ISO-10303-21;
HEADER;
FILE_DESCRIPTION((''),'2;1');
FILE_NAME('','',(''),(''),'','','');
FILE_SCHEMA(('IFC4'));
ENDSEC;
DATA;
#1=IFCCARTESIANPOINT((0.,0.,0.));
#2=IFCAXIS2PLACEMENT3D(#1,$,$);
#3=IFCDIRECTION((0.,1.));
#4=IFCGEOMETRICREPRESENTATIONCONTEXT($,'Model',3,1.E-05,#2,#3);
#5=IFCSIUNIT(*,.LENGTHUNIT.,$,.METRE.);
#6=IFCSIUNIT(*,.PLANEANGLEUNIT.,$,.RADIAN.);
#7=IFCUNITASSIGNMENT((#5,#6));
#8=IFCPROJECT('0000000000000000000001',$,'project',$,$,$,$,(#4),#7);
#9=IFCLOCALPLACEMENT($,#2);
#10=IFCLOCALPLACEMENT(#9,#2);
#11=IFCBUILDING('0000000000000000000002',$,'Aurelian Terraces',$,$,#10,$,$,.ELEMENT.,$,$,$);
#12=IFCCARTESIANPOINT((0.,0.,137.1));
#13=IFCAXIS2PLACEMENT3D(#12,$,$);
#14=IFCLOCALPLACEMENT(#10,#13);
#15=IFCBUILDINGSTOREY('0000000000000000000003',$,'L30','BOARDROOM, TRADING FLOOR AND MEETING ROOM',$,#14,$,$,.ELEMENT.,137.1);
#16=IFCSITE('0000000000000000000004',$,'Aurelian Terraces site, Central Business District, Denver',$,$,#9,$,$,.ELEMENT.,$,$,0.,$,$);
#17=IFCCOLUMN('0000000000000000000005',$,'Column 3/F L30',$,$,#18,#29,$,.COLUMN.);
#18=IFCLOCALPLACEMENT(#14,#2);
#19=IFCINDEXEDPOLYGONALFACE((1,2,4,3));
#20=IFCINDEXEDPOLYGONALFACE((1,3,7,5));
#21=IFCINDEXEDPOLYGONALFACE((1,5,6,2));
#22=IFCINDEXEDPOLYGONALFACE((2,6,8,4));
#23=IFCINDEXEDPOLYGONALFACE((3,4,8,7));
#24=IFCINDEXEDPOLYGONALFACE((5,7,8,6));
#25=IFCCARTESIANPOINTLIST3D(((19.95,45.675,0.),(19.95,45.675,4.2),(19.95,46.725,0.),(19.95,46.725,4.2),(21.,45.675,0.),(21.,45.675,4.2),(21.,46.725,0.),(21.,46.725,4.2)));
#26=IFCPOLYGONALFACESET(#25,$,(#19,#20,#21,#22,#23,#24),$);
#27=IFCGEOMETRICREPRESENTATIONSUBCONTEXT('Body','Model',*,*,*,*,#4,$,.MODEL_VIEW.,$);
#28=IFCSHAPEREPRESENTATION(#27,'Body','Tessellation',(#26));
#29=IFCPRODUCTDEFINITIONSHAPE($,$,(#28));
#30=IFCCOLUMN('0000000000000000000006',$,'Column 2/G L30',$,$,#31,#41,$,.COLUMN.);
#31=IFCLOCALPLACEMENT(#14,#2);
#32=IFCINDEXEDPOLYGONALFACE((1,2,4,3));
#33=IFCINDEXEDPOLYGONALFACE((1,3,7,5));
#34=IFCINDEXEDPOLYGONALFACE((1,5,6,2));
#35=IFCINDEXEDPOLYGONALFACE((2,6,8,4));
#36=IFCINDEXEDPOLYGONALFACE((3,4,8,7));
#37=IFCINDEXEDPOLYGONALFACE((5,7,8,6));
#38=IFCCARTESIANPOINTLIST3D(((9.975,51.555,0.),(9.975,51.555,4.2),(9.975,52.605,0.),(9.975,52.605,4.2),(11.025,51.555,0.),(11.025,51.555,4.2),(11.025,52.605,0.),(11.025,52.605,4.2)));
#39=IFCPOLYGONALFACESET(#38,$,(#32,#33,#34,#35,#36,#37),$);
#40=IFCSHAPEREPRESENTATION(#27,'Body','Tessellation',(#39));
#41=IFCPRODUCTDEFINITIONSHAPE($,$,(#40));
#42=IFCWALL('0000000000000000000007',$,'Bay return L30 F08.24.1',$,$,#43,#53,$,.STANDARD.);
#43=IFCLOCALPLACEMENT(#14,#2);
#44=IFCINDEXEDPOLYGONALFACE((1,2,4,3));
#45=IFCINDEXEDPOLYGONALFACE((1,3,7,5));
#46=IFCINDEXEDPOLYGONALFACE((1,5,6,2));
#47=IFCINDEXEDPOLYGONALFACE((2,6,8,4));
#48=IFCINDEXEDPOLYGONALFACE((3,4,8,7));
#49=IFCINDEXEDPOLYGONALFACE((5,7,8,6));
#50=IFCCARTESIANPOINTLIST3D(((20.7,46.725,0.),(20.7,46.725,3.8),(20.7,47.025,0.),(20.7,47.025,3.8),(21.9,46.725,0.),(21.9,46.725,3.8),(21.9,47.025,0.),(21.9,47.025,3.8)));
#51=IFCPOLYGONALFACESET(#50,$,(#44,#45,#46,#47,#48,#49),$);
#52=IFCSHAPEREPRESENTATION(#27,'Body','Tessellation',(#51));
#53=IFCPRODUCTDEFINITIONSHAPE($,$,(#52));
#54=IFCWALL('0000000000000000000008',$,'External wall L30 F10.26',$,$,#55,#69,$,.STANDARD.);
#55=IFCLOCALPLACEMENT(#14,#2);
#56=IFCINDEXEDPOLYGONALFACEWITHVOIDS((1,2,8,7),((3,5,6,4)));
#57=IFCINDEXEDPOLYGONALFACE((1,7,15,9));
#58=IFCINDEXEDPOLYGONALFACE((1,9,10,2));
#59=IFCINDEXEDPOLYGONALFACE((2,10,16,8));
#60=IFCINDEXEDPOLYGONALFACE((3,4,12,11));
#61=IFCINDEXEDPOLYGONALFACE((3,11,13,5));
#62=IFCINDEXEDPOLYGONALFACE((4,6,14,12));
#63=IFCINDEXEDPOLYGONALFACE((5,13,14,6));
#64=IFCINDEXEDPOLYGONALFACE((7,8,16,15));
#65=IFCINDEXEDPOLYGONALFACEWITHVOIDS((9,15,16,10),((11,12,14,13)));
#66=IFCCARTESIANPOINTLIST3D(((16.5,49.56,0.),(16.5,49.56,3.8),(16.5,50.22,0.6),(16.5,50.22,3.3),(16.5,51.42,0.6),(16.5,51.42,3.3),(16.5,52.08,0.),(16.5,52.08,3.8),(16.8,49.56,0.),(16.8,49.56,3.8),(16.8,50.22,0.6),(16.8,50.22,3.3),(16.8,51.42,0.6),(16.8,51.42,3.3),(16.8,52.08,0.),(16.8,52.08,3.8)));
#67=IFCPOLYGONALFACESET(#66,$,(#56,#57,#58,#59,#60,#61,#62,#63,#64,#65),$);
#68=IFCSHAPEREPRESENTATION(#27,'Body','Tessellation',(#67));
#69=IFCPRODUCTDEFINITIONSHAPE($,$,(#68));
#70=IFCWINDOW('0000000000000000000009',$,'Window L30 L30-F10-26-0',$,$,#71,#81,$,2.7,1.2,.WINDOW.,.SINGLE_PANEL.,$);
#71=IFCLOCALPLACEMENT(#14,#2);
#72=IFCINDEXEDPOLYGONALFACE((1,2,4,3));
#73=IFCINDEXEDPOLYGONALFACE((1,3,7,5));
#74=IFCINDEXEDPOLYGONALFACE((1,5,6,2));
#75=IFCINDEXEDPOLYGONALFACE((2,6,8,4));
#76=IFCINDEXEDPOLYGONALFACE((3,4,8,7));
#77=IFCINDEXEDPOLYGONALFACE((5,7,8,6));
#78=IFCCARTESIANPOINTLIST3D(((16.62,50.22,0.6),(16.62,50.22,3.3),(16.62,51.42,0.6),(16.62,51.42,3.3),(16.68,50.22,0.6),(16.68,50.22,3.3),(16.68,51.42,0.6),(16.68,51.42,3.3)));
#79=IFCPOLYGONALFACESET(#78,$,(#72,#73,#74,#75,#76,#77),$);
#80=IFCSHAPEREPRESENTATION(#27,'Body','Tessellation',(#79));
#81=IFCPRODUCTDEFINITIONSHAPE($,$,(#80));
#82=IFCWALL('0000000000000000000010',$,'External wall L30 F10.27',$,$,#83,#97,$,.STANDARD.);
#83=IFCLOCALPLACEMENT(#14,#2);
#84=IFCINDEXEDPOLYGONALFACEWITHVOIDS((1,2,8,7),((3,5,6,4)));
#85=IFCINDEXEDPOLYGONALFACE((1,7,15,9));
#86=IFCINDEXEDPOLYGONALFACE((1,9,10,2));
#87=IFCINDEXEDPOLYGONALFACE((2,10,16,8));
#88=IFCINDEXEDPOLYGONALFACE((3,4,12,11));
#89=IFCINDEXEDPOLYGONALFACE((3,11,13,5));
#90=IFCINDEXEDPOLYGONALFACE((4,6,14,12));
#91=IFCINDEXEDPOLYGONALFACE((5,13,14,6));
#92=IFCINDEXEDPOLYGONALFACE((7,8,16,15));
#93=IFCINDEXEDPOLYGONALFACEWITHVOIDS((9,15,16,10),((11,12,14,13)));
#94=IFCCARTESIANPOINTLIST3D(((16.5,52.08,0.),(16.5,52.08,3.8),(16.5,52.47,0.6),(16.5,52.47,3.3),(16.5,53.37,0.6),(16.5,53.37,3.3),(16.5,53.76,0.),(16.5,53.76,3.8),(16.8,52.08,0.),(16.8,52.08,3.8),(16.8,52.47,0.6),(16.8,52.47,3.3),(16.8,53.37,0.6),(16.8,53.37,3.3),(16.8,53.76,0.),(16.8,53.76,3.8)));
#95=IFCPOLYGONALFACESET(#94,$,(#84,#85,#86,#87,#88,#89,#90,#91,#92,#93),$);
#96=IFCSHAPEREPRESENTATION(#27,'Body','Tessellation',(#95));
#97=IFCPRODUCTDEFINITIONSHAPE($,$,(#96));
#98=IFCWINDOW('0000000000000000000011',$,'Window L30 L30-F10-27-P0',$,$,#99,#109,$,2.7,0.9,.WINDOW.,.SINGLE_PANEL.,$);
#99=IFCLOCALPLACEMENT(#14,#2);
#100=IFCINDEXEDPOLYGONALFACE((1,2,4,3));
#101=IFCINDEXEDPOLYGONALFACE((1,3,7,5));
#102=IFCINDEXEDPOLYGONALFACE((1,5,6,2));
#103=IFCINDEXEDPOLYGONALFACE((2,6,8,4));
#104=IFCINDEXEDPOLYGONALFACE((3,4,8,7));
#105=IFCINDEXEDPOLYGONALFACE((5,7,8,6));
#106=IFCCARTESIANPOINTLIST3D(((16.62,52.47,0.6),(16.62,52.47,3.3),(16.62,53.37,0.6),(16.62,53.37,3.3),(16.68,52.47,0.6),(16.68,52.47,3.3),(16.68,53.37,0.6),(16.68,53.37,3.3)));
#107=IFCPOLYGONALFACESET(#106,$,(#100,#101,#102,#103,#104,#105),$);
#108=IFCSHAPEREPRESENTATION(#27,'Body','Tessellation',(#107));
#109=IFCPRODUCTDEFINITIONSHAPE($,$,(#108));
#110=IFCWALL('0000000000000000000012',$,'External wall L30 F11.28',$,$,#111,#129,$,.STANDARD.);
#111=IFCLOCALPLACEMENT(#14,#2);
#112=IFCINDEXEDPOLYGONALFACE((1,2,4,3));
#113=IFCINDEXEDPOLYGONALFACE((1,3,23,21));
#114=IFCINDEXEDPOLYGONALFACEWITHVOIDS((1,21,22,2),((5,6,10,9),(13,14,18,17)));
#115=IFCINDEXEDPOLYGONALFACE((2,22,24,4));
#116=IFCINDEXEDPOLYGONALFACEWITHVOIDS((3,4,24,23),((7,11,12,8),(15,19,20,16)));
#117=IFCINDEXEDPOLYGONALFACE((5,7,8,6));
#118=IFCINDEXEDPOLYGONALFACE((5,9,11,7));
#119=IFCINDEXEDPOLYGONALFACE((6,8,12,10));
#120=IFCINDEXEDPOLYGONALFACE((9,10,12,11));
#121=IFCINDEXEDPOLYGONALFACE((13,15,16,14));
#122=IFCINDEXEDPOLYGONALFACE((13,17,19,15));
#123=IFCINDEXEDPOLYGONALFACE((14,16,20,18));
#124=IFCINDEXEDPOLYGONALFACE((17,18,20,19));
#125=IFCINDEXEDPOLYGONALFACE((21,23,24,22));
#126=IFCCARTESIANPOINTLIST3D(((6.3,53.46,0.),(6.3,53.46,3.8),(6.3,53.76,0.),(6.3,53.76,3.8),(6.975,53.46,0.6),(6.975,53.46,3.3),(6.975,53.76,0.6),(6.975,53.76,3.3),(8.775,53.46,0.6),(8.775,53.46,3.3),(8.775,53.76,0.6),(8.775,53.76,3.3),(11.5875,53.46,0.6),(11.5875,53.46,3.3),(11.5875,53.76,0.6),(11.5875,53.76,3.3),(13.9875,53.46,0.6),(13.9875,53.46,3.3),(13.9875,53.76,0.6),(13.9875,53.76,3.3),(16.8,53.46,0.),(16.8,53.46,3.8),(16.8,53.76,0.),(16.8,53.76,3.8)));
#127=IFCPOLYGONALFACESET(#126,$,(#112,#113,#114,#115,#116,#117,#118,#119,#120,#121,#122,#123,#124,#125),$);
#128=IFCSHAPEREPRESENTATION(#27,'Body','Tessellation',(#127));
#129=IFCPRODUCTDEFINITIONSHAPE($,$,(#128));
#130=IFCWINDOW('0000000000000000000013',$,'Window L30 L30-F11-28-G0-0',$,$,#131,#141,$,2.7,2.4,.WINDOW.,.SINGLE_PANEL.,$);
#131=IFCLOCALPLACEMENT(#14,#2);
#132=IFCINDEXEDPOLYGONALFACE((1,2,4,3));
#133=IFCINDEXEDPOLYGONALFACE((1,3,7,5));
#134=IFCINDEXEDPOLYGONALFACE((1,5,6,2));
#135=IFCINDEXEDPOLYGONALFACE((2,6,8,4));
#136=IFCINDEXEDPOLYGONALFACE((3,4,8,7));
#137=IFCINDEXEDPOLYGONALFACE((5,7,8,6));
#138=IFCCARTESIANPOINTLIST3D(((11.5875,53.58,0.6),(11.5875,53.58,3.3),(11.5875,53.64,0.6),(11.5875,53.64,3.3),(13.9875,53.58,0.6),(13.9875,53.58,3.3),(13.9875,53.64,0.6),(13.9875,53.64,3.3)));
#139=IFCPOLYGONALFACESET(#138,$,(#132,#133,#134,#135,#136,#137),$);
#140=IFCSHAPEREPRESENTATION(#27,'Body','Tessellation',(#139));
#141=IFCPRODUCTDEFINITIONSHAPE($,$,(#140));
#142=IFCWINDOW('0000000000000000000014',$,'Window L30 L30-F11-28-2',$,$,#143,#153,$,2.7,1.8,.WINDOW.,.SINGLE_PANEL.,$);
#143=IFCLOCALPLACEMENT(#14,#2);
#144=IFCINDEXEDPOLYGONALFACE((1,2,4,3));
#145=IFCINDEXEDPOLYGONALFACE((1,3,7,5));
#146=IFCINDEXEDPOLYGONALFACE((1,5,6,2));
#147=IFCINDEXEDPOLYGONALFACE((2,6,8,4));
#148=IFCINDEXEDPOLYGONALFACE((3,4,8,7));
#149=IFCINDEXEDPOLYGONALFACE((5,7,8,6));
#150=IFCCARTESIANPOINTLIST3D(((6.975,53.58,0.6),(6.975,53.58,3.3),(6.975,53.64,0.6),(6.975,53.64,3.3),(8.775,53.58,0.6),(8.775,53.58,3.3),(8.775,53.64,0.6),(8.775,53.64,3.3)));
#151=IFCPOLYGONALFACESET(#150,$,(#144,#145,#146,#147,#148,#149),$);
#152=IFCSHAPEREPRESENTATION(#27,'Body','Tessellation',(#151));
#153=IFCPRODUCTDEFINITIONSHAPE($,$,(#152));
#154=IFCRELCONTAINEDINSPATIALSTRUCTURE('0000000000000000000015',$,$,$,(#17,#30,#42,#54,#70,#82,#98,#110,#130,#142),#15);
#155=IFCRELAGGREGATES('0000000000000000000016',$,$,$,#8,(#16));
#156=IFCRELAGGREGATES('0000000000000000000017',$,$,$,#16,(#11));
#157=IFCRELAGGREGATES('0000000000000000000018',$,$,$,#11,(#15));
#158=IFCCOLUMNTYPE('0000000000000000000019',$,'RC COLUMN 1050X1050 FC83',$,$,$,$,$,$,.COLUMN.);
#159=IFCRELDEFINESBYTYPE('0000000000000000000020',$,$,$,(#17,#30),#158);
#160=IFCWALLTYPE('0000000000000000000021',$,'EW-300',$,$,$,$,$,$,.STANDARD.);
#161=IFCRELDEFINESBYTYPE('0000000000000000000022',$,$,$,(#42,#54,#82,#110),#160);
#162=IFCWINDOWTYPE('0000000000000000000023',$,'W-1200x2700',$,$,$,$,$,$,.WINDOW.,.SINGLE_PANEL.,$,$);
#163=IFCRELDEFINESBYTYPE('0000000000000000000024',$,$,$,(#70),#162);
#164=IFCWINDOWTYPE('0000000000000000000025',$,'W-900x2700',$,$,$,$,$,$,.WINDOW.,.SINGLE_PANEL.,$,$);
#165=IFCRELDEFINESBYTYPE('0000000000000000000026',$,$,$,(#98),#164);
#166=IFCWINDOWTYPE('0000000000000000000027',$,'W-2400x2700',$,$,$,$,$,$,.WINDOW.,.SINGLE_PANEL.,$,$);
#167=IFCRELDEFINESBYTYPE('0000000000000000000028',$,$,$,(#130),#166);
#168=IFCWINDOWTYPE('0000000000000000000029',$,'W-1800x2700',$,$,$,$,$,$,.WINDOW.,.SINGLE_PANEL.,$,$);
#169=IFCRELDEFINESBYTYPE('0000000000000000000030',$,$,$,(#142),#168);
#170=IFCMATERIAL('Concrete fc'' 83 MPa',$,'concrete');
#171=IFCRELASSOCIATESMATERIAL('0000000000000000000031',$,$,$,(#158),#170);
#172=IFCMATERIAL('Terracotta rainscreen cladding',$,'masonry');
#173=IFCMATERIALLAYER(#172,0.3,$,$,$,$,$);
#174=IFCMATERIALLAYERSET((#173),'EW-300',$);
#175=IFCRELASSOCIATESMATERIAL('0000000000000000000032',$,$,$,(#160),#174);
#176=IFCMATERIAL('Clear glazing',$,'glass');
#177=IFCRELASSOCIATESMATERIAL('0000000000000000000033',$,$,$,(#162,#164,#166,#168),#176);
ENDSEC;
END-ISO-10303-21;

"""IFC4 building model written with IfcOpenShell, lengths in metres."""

from ifc_helpers import new_model, si_unit, direction, frame, frame_2d, origin, origin_2d, place, context, subcontext, project, spatial, rectangle, extrude, source, transform, mapped, material, layer, layer_set, material_profile, profile_set, type_object, element, fill, save


model = new_model("IFC4")

# Units and contexts
model_context = context("Model", 3, precision=1e-05, world=origin(), true_north=direction((0.0, 1.0)))
body_context = subcontext(model_context, "Body", "Model", "MODEL_VIEW")
ifc_project = project(units=[si_unit("LENGTHUNIT", "METRE"), si_unit("PLANEANGLEUNIT", "RADIAN")], contexts=[model_context])

# Site, building, storey
site_placement = place(None, origin())
site = spatial("IfcSite", under=ifc_project, at=site_placement, Name="Aurelian Terraces site, Central Business District, Denver", CompositionType="ELEMENT", RefElevation=0.0)
building_placement = place(site_placement, origin())
building = spatial("IfcBuilding", under=site, at=building_placement, Name="Aurelian Terraces", CompositionType="ELEMENT")
storey_placement = place(building_placement, frame((0.0, 0.0, 137.1)))
storey = spatial("IfcBuildingStorey", under=building, at=storey_placement, Name="L30", Description="BOARDROOM, TRADING FLOOR AND MEETING ROOM", CompositionType="ELEMENT", Elevation=137.1)

# Columns
ifc_material_1 = material(Name="Concrete fc' 83 MPa", Category="concrete")
ifc_material_profile = material_profile(ifc_material_1, rectangle(XDim=1.05, YDim=1.05, at=origin_2d()))
ifc_profile_set = profile_set([ifc_material_profile], Name="Concrete fc' 83 MPa")
column_type = type_object("IfcColumnType", Name="RC COLUMN 1050X1050 FC83", PredefinedType="COLUMN", material=ifc_profile_set)
shared_shape_1 = source(origin(), body_context, "Body", "SweptSolid", [
    extrude(rectangle(XDim=1.05, YDim=1.05, at=origin_2d()), origin(), (0.0, 0.0, 1.0), 4.2),
])
for number, where, z_axis, x_axis, name in (
    (1, (20.475, 46.2, 0.0), (0.0, 0.0, 1.0), (1.0, 0.0, 0.0), "Column 3/F L30"),
    (2, (10.5, 52.08, 0.0), (0.0, 0.0, 1.0), (1.0, 0.0, 0.0), "Column 2/G L30"),
):
    element("IfcColumn", number, at=place(storey_placement, frame(where, z_axis=z_axis, x_axis=x_axis)), inside=storey, type_object=column_type, Name=name, PredefinedType="COLUMN", context=body_context, shape_type="MappedRepresentation", body=[
        mapped(shared_shape_1, transform((0.0, 0.0, 0.0), scale=1.0)),
    ])

# Wall
ifc_material_2 = material(Name="Terracotta rainscreen cladding", Category="masonry")
ifc_layer_1 = layer(ifc_material_2, 0.3)
ifc_layer_set_1 = layer_set([ifc_layer_1], Name="EW-300")
wall_type_1 = type_object("IfcWallType", Name="EW-300", PredefinedType="STANDARD", material=ifc_layer_set_1)
shared_shape_2 = source(origin(), body_context, "Body", "SweptSolid", [
    extrude(rectangle(XDim=1.2, YDim=0.3, at=frame_2d((0.6, 0.0))), origin(), (0.0, 0.0, 1.0), 3.8),
])
wall_1_placement = place(storey_placement, frame((20.7, 46.875, 0.0), z_axis=(0.0, 0.0, 1.0), x_axis=(1.0, 0.0, 0.0)))
element("IfcWall", 3, at=wall_1_placement, inside=storey, type_object=wall_type_1, Name="Bay return L30 F08.24.1", PredefinedType="STANDARD", context=body_context, shape_type="MappedRepresentation", body=[
    mapped(shared_shape_2, transform((0.0, 0.0, 0.0), scale=1.0)),
])

# Walls, openings, windows
shared_shape_3 = source(origin(), body_context, "Body", "SweptSolid", [
    extrude(rectangle(XDim=2.52, YDim=0.3, at=frame_2d((1.26, 0.0))), origin(), (0.0, 0.0, 1.0), 3.8),
])
wall_2_placement = place(storey_placement, frame((16.65, 49.56, 0.0), z_axis=(0.0, 0.0, 1.0), x_axis=(0.0, 1.0, 0.0)))
wall_2 = element("IfcWall", 4, at=wall_2_placement, inside=storey, type_object=wall_type_1, Name="External wall L30 F10.26", PredefinedType="STANDARD", context=body_context, shape_type="MappedRepresentation", body=[
    mapped(shared_shape_3, transform((0.0, 0.0, 0.0), scale=1.0)),
])
shared_shape_4 = source(origin(), body_context, "Body", "SweptSolid", [
    extrude(rectangle(XDim=1.2, YDim=2.7, at=frame_2d((0.6, 1.35))), frame((0.0, 0.16, 0.0), z_axis=(0.0, -1.0, 0.0), x_axis=(1.0, 0.0, 0.0)), (0.0, 0.0, 1.0), 0.32),
])
opening_1_placement = place(wall_2_placement, frame((0.66, 0.0, 0.6)))
opening_1 = element("IfcOpeningElement", 5, at=opening_1_placement, cuts=wall_2, PredefinedType="OPENING", context=body_context, shape_type="MappedRepresentation", body=[
    mapped(shared_shape_4, transform((0.0, 0.0, 0.0), scale=1.0)),
])
ifc_material_3 = material(Name="Clear glazing", Category="glass")
window_type_1 = type_object("IfcWindowType", Name="W-1200x2700", PartitioningType="SINGLE_PANEL", PredefinedType="WINDOW", material=ifc_material_3)
shared_shape_5 = source(origin(), body_context, "Body", "SweptSolid", [
    extrude(rectangle(XDim=1.2, YDim=2.7, at=frame_2d((0.6, 1.35))), frame((0.0, 0.03, 0.0), z_axis=(0.0, -1.0, 0.0), x_axis=(1.0, 0.0, 0.0)), (0.0, 0.0, 1.0), 0.06),
])
window_1_placement = place(opening_1_placement, origin())
window_1 = element("IfcWindow", 6, at=window_1_placement, inside=storey, type_object=window_type_1, Name="Window L30 L30-F10-26-0", OverallHeight=2.7, OverallWidth=1.2, PartitioningType="SINGLE_PANEL", PredefinedType="WINDOW", context=body_context, shape_type="MappedRepresentation", body=[
    mapped(shared_shape_5, transform((0.0, 0.0, 0.0), scale=1.0)),
])
fill(opening_1, window_1)
shared_shape_6 = source(origin(), body_context, "Body", "SweptSolid", [
    extrude(rectangle(XDim=1.68, YDim=0.3, at=frame_2d((0.84, 0.0))), origin(), (0.0, 0.0, 1.0), 3.8),
])
wall_3_placement = place(storey_placement, frame((16.65, 52.08, 0.0), z_axis=(0.0, 0.0, 1.0), x_axis=(0.0, 1.0, 0.0)))
wall_3 = element("IfcWall", 7, at=wall_3_placement, inside=storey, type_object=wall_type_1, Name="External wall L30 F10.27", PredefinedType="STANDARD", context=body_context, shape_type="MappedRepresentation", body=[
    mapped(shared_shape_6, transform((0.0, 0.0, 0.0), scale=1.0)),
])
shared_shape_7 = source(origin(), body_context, "Body", "SweptSolid", [
    extrude(rectangle(XDim=0.9, YDim=2.7, at=frame_2d((0.45, 1.35))), frame((0.0, 0.16, 0.0), z_axis=(0.0, -1.0, 0.0), x_axis=(1.0, 0.0, 0.0)), (0.0, 0.0, 1.0), 0.32),
])
opening_2_placement = place(wall_3_placement, frame((0.39, 0.0, 0.6)))
opening_2 = element("IfcOpeningElement", 8, at=opening_2_placement, cuts=wall_3, PredefinedType="OPENING", context=body_context, shape_type="MappedRepresentation", body=[
    mapped(shared_shape_7, transform((0.0, 0.0, 0.0), scale=1.0)),
])
window_type_2 = type_object("IfcWindowType", Name="W-900x2700", PartitioningType="SINGLE_PANEL", PredefinedType="WINDOW", material=ifc_material_3)
shared_shape_8 = source(origin(), body_context, "Body", "SweptSolid", [
    extrude(rectangle(XDim=0.9, YDim=2.7, at=frame_2d((0.45, 1.35))), frame((0.0, 0.03, 0.0), z_axis=(0.0, -1.0, 0.0), x_axis=(1.0, 0.0, 0.0)), (0.0, 0.0, 1.0), 0.06),
])
window_2_placement = place(opening_2_placement, origin())
window_2 = element("IfcWindow", 9, at=window_2_placement, inside=storey, type_object=window_type_2, Name="Window L30 L30-F10-27-P0", OverallHeight=2.7, OverallWidth=0.9, PartitioningType="SINGLE_PANEL", PredefinedType="WINDOW", context=body_context, shape_type="MappedRepresentation", body=[
    mapped(shared_shape_8, transform((0.0, 0.0, 0.0), scale=1.0)),
])
fill(opening_2, window_2)

# Wall, openings, windows
shared_shape_9 = source(origin(), body_context, "Body", "SweptSolid", [
    extrude(rectangle(XDim=10.5, YDim=0.3, at=frame_2d((5.25, 0.0))), origin(), (0.0, 0.0, 1.0), 3.8),
])
wall_4_placement = place(storey_placement, frame((16.8, 53.61, 0.0), z_axis=(0.0, 0.0, 1.0), x_axis=(-1.0, 0.0, 0.0)))
wall_4 = element("IfcWall", 10, at=wall_4_placement, inside=storey, type_object=wall_type_1, Name="External wall L30 F11.28", PredefinedType="STANDARD", context=body_context, shape_type="MappedRepresentation", body=[
    mapped(shared_shape_9, transform((0.0, 0.0, 0.0), scale=1.0)),
])
shared_shape_10 = source(origin(), body_context, "Body", "SweptSolid", [
    extrude(rectangle(XDim=1.8, YDim=2.7, at=frame_2d((0.9, 1.35))), frame((0.0, 0.16, 0.0), z_axis=(0.0, -1.0, 0.0), x_axis=(1.0, 0.0, 0.0)), (0.0, 0.0, 1.0), 0.32),
])
opening_3_placement = place(wall_4_placement, frame((8.025, 0.0, 0.6)))
opening_3 = element("IfcOpeningElement", 11, at=opening_3_placement, cuts=wall_4, PredefinedType="OPENING", context=body_context, shape_type="MappedRepresentation", body=[
    mapped(shared_shape_10, transform((0.0, 0.0, 0.0), scale=1.0)),
])
shared_shape_11 = source(origin(), body_context, "Body", "SweptSolid", [
    extrude(rectangle(XDim=2.4, YDim=2.7, at=frame_2d((1.2, 1.35))), frame((0.0, 0.16, 0.0), z_axis=(0.0, -1.0, 0.0), x_axis=(1.0, 0.0, 0.0)), (0.0, 0.0, 1.0), 0.32),
])
opening_4_placement = place(wall_4_placement, frame((2.8125, 0.0, 0.6)))
opening_4 = element("IfcOpeningElement", 12, at=opening_4_placement, cuts=wall_4, PredefinedType="OPENING", context=body_context, shape_type="MappedRepresentation", body=[
    mapped(shared_shape_11, transform((0.0, 0.0, 0.0), scale=1.0)),
])
window_type_3 = type_object("IfcWindowType", Name="W-2400x2700", PartitioningType="SINGLE_PANEL", PredefinedType="WINDOW", material=ifc_material_3)
shared_shape_12 = source(origin(), body_context, "Body", "SweptSolid", [
    extrude(rectangle(XDim=2.4, YDim=2.7, at=frame_2d((1.2, 1.35))), frame((0.0, 0.03, 0.0), z_axis=(0.0, -1.0, 0.0), x_axis=(1.0, 0.0, 0.0)), (0.0, 0.0, 1.0), 0.06),
])
window_3_placement = place(opening_4_placement, origin())
window_3 = element("IfcWindow", 13, at=window_3_placement, inside=storey, type_object=window_type_3, Name="Window L30 L30-F11-28-G0-0", OverallHeight=2.7, OverallWidth=2.4, PartitioningType="SINGLE_PANEL", PredefinedType="WINDOW", context=body_context, shape_type="MappedRepresentation", body=[
    mapped(shared_shape_12, transform((0.0, 0.0, 0.0), scale=1.0)),
])
fill(opening_4, window_3)
window_type_4 = type_object("IfcWindowType", Name="W-1800x2700", PartitioningType="SINGLE_PANEL", PredefinedType="WINDOW", material=ifc_material_3)
shared_shape_13 = source(origin(), body_context, "Body", "SweptSolid", [
    extrude(rectangle(XDim=1.8, YDim=2.7, at=frame_2d((0.9, 1.35))), frame((0.0, 0.03, 0.0), z_axis=(0.0, -1.0, 0.0), x_axis=(1.0, 0.0, 0.0)), (0.0, 0.0, 1.0), 0.06),
])
window_4_placement = place(opening_3_placement, origin())
window_4 = element("IfcWindow", 14, at=window_4_placement, inside=storey, type_object=window_type_4, Name="Window L30 L30-F11-28-2", OverallHeight=2.7, OverallWidth=1.8, PartitioningType="SINGLE_PANEL", PredefinedType="WINDOW", context=body_context, shape_type="MappedRepresentation", body=[
    mapped(shared_shape_13, transform((0.0, 0.0, 0.0), scale=1.0)),
])
fill(opening_3, window_4)

save(model, "model.ifc")
